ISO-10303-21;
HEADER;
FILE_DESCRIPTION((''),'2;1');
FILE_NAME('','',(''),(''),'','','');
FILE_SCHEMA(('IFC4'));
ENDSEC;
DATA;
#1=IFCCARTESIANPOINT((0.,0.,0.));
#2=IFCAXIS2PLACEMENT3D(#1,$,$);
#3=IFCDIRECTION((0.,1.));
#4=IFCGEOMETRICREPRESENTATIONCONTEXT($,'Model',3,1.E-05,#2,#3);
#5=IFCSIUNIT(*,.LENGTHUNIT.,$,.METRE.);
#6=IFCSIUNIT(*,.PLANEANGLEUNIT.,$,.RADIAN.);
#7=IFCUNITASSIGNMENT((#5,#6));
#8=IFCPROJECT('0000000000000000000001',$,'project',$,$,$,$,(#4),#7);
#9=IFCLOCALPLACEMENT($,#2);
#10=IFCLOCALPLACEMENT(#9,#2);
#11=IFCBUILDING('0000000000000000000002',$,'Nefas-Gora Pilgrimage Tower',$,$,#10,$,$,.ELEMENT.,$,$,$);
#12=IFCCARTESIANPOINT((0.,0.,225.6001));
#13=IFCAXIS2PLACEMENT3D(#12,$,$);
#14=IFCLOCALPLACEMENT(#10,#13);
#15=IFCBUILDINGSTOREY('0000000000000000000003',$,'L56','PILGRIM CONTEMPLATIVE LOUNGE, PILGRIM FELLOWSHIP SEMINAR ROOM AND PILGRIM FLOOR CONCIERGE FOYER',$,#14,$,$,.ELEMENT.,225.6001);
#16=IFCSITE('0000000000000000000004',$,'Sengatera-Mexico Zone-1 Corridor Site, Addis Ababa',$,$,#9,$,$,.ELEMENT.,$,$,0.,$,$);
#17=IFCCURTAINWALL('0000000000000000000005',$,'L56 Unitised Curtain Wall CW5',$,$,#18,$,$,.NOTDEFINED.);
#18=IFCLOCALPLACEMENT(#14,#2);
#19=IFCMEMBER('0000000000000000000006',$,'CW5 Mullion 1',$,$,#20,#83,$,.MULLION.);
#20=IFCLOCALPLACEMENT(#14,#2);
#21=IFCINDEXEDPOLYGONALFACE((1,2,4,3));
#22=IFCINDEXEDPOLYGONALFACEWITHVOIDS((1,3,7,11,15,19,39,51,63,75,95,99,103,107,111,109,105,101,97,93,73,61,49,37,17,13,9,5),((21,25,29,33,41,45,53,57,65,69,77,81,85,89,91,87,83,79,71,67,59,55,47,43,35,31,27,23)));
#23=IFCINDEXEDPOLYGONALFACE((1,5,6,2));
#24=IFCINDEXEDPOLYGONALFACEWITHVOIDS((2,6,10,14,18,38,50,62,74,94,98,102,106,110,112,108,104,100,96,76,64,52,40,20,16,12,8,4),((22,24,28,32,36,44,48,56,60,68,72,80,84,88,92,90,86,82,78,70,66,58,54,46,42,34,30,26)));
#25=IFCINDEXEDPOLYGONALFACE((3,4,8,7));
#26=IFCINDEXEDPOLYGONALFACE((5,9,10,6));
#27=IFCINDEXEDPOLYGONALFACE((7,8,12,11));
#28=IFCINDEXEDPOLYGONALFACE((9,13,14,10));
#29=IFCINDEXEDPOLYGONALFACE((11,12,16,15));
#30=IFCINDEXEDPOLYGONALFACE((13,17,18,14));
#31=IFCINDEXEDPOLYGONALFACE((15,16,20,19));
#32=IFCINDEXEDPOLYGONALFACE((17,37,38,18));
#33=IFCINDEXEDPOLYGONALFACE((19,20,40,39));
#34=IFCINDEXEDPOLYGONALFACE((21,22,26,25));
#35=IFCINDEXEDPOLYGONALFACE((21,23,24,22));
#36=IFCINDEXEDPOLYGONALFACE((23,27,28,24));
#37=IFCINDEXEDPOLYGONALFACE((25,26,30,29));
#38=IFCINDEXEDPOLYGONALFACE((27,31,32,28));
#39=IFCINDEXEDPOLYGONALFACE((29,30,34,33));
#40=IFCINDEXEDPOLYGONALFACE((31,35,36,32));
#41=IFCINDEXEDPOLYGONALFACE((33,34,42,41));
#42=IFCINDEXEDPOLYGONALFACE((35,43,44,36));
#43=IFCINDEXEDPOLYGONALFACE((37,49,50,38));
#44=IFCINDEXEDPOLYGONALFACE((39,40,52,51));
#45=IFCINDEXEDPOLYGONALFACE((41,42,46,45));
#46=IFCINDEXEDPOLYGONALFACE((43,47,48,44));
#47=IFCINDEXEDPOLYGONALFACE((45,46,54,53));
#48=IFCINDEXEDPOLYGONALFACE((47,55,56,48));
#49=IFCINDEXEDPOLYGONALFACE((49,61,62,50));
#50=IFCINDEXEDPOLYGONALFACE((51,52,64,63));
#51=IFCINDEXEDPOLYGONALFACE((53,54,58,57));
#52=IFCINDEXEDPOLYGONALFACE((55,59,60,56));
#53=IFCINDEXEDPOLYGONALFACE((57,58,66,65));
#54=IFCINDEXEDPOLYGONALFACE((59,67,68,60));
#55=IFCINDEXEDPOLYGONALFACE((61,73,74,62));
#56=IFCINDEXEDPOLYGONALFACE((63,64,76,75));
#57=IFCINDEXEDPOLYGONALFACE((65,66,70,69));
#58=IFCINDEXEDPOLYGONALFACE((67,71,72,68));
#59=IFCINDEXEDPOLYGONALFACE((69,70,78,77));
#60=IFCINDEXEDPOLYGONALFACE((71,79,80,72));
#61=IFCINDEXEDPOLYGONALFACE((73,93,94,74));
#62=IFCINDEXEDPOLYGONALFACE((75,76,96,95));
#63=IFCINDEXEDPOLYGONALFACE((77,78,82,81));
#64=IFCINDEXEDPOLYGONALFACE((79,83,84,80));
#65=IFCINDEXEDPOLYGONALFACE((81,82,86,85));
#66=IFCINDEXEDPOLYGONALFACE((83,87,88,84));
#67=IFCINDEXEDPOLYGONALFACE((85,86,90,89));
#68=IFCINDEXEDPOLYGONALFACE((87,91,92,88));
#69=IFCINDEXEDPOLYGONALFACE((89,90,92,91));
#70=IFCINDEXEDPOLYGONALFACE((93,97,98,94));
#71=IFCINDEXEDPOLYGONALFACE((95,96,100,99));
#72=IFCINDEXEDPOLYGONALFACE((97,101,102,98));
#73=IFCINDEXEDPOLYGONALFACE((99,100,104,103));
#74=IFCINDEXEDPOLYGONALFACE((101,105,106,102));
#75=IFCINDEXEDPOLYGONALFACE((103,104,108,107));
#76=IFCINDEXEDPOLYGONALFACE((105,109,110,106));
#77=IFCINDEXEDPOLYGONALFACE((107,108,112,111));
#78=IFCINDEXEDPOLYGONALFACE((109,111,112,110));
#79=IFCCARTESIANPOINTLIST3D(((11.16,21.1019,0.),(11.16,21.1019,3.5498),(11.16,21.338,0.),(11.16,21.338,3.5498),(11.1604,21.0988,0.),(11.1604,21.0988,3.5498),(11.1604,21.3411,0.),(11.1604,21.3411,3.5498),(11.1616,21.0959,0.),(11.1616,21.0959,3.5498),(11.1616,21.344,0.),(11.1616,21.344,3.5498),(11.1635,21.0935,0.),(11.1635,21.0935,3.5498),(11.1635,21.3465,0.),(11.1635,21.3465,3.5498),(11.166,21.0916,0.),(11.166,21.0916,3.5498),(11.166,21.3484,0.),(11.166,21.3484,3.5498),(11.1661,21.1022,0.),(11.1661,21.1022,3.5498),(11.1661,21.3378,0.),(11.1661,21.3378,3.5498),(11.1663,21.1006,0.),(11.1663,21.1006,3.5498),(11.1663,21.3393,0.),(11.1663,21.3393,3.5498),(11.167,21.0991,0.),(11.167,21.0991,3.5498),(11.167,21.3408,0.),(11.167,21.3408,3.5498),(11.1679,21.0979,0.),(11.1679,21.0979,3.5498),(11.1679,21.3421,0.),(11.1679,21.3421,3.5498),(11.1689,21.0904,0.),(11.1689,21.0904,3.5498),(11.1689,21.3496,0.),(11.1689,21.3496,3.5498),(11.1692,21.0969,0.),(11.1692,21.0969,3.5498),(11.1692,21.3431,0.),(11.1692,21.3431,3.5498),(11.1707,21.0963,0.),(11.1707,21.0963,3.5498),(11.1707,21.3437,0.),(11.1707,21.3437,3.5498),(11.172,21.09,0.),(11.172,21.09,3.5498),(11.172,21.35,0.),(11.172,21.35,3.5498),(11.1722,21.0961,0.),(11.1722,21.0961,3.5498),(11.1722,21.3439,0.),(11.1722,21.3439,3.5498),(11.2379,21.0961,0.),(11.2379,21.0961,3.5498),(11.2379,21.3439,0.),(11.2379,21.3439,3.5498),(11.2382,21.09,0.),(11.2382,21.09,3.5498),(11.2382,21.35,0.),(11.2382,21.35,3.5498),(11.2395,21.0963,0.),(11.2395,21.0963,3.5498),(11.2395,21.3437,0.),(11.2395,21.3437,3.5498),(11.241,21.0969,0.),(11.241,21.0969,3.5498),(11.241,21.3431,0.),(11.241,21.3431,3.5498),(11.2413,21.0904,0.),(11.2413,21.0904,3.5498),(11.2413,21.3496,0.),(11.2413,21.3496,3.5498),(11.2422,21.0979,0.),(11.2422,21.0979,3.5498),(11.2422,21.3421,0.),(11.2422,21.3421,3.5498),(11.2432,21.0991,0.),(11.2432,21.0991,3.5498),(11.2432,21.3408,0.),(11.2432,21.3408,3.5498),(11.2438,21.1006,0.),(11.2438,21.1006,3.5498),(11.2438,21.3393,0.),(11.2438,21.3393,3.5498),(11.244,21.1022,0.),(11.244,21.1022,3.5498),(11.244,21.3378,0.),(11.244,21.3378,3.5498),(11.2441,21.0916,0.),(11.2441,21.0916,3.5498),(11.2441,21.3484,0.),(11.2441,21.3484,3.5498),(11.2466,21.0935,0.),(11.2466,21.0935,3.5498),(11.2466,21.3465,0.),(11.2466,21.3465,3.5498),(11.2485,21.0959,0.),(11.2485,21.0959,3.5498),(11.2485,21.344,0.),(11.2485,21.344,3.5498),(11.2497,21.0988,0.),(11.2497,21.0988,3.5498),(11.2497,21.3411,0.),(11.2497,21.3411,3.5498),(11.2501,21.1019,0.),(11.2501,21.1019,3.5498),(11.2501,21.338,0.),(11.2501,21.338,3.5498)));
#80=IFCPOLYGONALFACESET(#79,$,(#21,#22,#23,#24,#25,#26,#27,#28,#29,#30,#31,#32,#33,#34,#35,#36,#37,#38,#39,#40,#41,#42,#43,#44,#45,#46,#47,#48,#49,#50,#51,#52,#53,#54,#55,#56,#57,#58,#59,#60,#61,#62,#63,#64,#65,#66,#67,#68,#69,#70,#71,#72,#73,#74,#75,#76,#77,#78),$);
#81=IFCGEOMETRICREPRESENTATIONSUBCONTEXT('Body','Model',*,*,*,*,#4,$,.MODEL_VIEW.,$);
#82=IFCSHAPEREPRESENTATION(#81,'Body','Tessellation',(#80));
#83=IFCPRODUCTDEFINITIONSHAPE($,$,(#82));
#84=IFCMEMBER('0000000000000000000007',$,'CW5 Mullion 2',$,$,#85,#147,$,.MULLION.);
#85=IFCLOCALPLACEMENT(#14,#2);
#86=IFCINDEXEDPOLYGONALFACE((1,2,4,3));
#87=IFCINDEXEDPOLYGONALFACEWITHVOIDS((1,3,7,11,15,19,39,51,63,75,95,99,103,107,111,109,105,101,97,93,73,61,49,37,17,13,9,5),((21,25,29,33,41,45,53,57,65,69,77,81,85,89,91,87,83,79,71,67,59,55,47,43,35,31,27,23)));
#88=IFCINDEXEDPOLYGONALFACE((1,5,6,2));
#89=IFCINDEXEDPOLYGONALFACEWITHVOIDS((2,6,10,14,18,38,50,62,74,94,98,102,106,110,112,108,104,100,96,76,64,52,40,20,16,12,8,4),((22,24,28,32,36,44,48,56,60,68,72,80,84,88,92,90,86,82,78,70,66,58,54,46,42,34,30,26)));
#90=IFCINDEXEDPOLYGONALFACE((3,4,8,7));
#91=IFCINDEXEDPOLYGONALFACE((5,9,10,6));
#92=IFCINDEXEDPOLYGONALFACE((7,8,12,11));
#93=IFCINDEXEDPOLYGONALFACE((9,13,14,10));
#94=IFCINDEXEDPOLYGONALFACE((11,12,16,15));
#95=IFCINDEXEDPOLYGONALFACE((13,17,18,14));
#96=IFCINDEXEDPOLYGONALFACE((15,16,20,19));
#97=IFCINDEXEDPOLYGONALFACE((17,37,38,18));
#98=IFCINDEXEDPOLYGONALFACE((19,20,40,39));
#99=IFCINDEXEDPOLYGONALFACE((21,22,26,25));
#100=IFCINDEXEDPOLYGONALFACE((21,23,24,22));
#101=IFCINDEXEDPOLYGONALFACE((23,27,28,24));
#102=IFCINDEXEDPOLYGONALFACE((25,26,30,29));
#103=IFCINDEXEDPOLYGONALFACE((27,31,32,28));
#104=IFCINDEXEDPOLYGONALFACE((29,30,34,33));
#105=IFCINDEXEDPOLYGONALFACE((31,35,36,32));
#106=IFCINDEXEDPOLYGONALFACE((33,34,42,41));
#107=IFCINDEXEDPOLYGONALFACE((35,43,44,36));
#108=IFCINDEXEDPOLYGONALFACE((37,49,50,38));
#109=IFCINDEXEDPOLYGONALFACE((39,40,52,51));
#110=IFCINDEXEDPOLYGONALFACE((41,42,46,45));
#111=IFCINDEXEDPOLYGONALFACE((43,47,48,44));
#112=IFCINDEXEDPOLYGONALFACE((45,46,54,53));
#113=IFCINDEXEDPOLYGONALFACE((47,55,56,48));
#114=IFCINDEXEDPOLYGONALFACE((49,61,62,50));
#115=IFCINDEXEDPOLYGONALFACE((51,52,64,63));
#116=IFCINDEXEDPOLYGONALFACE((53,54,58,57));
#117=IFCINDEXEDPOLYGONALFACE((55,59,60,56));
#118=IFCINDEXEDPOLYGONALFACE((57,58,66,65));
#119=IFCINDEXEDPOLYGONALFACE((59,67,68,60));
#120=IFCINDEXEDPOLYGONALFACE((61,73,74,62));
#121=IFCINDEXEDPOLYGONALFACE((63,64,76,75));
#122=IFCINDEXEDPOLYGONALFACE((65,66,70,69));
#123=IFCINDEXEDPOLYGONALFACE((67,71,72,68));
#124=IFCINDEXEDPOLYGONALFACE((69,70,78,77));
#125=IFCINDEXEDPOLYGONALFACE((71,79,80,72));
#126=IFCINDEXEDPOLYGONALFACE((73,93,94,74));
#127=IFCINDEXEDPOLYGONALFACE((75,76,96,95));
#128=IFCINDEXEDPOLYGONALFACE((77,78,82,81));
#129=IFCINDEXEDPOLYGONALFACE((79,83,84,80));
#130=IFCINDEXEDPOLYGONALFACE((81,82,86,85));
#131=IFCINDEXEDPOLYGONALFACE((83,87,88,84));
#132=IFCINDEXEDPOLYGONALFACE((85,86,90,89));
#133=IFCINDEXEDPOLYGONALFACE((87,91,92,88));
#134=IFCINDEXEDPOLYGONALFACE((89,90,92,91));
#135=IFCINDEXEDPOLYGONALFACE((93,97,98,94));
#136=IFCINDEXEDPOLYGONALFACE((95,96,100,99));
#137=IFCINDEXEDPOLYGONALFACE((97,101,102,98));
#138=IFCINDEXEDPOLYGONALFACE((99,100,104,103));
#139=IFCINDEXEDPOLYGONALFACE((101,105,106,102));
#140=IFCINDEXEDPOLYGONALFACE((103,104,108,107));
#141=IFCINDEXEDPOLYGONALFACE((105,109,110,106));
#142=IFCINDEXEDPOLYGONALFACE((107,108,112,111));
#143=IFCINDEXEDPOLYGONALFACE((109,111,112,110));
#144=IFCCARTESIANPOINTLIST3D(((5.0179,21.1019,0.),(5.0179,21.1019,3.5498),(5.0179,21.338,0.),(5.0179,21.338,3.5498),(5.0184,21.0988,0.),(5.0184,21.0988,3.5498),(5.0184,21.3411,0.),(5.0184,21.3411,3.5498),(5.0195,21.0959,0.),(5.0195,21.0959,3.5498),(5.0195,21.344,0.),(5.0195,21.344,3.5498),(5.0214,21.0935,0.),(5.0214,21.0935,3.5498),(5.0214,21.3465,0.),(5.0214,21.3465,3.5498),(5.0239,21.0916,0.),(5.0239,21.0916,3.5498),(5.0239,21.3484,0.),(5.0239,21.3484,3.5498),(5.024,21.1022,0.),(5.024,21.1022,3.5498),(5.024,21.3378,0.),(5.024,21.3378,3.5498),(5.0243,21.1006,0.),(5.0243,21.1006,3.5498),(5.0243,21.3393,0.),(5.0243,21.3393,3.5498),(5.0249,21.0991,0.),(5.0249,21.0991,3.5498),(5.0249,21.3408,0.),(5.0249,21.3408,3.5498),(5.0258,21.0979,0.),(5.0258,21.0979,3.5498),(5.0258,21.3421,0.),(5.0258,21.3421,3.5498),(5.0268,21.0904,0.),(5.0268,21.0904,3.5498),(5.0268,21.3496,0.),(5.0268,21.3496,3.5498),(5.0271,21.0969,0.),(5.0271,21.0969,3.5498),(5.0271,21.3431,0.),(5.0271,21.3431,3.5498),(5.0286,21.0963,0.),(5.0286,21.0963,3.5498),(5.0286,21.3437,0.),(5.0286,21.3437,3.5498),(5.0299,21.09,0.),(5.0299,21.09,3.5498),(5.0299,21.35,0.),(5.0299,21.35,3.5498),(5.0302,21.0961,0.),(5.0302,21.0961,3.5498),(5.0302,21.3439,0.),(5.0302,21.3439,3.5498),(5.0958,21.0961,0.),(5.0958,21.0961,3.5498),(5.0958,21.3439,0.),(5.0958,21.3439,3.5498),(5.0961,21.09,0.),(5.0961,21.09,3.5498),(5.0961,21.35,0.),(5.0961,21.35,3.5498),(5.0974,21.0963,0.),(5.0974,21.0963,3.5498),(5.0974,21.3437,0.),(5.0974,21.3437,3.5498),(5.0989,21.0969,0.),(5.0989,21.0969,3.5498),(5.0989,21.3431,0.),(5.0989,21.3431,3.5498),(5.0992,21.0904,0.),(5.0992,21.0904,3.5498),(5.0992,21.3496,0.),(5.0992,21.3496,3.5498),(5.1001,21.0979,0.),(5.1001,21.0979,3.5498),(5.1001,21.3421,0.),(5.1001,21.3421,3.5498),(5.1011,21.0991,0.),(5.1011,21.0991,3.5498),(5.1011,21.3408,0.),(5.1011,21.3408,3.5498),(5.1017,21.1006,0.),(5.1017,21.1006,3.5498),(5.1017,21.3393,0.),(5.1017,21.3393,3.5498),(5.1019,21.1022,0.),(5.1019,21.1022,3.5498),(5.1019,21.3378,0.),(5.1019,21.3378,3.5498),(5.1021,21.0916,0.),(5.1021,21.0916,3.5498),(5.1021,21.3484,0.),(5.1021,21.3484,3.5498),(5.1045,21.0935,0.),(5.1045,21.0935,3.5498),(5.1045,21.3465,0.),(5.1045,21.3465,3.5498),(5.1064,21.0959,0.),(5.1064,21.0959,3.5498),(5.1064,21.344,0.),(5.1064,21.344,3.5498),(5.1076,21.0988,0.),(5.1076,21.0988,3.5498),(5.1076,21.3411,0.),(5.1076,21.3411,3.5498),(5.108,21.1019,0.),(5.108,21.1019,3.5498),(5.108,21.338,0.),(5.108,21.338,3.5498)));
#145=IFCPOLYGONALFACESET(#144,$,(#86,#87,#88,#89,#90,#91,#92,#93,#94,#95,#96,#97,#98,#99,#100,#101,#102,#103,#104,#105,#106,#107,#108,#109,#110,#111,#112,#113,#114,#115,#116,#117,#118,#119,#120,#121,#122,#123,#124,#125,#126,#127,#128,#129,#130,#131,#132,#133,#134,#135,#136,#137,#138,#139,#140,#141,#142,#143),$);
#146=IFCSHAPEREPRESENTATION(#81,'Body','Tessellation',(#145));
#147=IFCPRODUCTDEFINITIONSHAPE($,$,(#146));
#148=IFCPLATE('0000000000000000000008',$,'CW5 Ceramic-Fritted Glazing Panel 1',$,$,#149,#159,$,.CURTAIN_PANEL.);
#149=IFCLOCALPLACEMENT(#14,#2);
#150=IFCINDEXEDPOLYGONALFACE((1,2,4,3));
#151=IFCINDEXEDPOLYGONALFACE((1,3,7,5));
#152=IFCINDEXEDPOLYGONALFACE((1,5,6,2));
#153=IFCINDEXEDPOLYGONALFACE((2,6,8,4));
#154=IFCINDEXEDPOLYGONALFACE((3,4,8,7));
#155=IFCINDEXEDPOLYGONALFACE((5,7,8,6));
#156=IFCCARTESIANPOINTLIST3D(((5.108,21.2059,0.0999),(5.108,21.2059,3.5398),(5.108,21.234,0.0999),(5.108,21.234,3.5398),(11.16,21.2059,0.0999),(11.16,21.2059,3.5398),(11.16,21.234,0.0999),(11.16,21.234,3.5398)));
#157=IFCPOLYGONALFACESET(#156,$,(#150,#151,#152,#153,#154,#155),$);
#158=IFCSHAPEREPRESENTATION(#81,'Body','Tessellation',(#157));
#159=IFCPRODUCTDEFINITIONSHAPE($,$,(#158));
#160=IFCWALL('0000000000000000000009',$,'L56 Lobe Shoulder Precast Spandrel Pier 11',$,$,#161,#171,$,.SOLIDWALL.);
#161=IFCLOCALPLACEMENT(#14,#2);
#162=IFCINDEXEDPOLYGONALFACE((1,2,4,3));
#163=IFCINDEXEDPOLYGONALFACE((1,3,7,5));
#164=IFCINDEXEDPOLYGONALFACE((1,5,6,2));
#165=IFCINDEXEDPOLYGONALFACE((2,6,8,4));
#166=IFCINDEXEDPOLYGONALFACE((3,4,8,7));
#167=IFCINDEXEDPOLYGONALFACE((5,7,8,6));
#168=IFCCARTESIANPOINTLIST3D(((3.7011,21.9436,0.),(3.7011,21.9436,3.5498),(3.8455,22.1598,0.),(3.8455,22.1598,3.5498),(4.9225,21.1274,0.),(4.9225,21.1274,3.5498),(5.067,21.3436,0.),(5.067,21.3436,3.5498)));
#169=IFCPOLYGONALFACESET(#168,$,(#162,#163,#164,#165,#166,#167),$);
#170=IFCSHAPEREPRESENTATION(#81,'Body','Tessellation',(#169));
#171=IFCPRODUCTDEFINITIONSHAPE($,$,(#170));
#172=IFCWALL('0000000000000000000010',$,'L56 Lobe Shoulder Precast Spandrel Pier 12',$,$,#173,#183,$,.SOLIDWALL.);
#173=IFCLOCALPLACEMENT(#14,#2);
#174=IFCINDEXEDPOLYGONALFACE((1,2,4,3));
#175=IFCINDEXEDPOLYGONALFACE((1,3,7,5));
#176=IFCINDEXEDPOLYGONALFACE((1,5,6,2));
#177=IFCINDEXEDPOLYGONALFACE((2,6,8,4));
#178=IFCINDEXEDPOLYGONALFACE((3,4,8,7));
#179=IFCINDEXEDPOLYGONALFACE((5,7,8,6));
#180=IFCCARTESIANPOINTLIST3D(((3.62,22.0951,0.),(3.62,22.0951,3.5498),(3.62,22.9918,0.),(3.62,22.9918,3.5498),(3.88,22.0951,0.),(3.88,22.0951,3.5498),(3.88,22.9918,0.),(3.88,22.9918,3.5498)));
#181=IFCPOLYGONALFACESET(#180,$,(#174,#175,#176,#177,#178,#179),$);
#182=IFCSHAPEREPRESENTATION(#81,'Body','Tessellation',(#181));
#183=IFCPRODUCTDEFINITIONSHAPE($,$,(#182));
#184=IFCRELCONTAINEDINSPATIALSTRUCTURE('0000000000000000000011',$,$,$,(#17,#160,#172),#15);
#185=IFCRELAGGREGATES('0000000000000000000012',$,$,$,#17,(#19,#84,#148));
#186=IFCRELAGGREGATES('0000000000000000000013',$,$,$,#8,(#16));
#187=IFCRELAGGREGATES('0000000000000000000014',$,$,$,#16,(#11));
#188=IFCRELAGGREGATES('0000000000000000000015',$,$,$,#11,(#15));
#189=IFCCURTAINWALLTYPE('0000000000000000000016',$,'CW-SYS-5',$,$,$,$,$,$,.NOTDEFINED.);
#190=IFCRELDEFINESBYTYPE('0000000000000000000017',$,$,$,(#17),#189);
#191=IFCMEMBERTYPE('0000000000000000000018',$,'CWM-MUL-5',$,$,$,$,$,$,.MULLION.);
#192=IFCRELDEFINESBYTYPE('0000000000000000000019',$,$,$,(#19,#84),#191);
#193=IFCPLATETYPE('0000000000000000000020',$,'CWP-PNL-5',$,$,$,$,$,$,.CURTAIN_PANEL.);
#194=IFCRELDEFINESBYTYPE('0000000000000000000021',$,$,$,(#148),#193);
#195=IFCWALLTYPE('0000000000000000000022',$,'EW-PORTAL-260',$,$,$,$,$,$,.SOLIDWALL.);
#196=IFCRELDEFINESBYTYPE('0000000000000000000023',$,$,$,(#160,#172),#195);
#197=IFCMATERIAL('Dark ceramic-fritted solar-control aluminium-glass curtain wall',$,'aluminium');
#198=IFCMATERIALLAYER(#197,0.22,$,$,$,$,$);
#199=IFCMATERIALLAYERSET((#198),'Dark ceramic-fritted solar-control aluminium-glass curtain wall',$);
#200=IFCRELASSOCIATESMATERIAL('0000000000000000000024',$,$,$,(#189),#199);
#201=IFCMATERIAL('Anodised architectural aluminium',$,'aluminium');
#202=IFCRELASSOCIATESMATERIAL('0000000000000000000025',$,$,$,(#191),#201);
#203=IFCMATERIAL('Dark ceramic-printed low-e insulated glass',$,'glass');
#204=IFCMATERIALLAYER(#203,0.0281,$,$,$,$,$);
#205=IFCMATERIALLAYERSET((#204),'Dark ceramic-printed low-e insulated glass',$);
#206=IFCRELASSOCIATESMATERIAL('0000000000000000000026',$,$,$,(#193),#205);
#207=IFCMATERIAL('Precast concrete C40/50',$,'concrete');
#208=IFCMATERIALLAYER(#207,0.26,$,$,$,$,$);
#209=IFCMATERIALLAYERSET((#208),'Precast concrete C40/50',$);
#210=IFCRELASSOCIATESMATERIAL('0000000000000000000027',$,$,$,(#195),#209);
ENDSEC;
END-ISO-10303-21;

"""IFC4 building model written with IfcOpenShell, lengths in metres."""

from ifc_helpers import new_model, si_unit, direction, frame, frame_2d, origin, origin_2d, place, context, subcontext, project, spatial, rectangle, hollow_rectangle, extrude, source, transform, mapped, material, layer, layer_set, material_profile, profile_set, type_object, element, aggregate, save


model = new_model("IFC4")

# Units and contexts
model_context = context("Model", 3, precision=1e-05, world=origin(), true_north=direction((0.0, 1.0)))
body_context = subcontext(model_context, "Body", "Model", "MODEL_VIEW")
ifc_project = project(units=[si_unit("LENGTHUNIT", "METRE"), si_unit("PLANEANGLEUNIT", "RADIAN")], contexts=[model_context])

# Site, building, storey
site_placement = place(None, origin())
site = spatial("IfcSite", under=ifc_project, at=site_placement, Name="Sengatera-Mexico Zone-1 Corridor Site, Addis Ababa", CompositionType="ELEMENT", RefElevation=0.0)
building_placement = place(site_placement, origin())
building = spatial("IfcBuilding", under=site, at=building_placement, Name="Nefas-Gora Pilgrimage Tower", CompositionType="ELEMENT")
storey_placement = place(building_placement, frame((0.0, 0.0, 225.6001)))
storey = spatial("IfcBuildingStorey", under=building, at=storey_placement, Name="L56", Description="PILGRIM CONTEMPLATIVE LOUNGE, PILGRIM FELLOWSHIP SEMINAR ROOM AND PILGRIM FLOOR CONCIERGE FOYER", CompositionType="ELEMENT", Elevation=225.6001)

# Curtain wall, members, plate
ifc_material_1 = material(Name="Dark ceramic-fritted solar-control aluminium-glass curtain wall", Category="aluminium")
ifc_layer_1 = layer(ifc_material_1, 0.22)
ifc_layer_set_1 = layer_set([ifc_layer_1], Name="Dark ceramic-fritted solar-control aluminium-glass curtain wall")
curtain_wall_type = type_object("IfcCurtainWallType", Name="CW-SYS-5", PredefinedType="NOTDEFINED", material=ifc_layer_set_1)
curtain_wall_placement = place(storey_placement, origin())
curtain_wall = element("IfcCurtainWall", 1, at=curtain_wall_placement, inside=storey, type_object=curtain_wall_type, Name="L56 Unitised Curtain Wall CW5", PredefinedType="NOTDEFINED")
ifc_material_2 = material(Name="Anodised architectural aluminium", Category="aluminium")
ifc_material_profile_1 = material_profile(ifc_material_2, hollow_rectangle(XDim=0.0901, YDim=0.26, WallThickness=0.0061, InnerFilletRadius=0.0061, OuterFilletRadius=0.012, at=origin_2d()), Name="ALU MULLION 90x260")
ifc_profile_set_1 = profile_set([ifc_material_profile_1], Name="Anodised architectural aluminium")
member_type_1 = type_object("IfcMemberType", Name="CWM-MUL-5", PredefinedType="MULLION", material=ifc_profile_set_1)
shared_shape_1 = source(origin(), body_context, "Body", "SweptSolid", [
    extrude(hollow_rectangle(XDim=0.0901, YDim=0.26, WallThickness=0.0061, InnerFilletRadius=0.0061, OuterFilletRadius=0.012, at=origin_2d()), origin(), (0.0, 0.0, 1.0), 3.5498),
])
member_1_placement = place(storey_placement, frame((11.2051, 21.22, 0.0), z_axis=(0.0, 0.0, 1.0), x_axis=(-1.0, 0.0, 0.0)))
member_1 = element("IfcMember", 2, at=member_1_placement, type_object=member_type_1, Name="CW5 Mullion 1", PredefinedType="MULLION", context=body_context, shape_type="MappedRepresentation", body=[
    mapped(shared_shape_1, transform((0.0, 0.0, 0.0), x_axis=(1.0, 0.0, 0.0), y_axis=(0.0, 1.0, 0.0), z_axis=(0.0, 0.0, 1.0), scale=1.0)),
])
member_2_placement = place(storey_placement, frame((5.063, 21.22, 0.0), z_axis=(0.0, 0.0, 1.0), x_axis=(-1.0, 0.0, 0.0)))
member_2 = element("IfcMember", 3, at=member_2_placement, type_object=member_type_1, Name="CW5 Mullion 2", PredefinedType="MULLION", context=body_context, shape_type="MappedRepresentation", body=[
    mapped(shared_shape_1, transform((0.0, 0.0, 0.0), x_axis=(1.0, 0.0, 0.0), y_axis=(0.0, 1.0, 0.0), z_axis=(0.0, 0.0, 1.0), scale=1.0)),
])
ifc_material_3 = material(Name="Dark ceramic-printed low-e insulated glass", Category="glass")
ifc_layer_2 = layer(ifc_material_3, 0.0281)
ifc_layer_set_2 = layer_set([ifc_layer_2], Name="Dark ceramic-printed low-e insulated glass")
plate_type = type_object("IfcPlateType", Name="CWP-PNL-5", PredefinedType="CURTAIN_PANEL", material=ifc_layer_set_2)
shared_shape_2 = source(origin(), body_context, "Body", "SweptSolid", [
    extrude(rectangle(XDim=6.052, YDim=0.0281, at=origin_2d()), origin(), (0.0, 0.0, 1.0), 3.4399),
])
plate_placement = place(storey_placement, frame((8.134, 21.22, 0.0999), z_axis=(0.0, 0.0, 1.0), x_axis=(-1.0, 0.0, 0.0)))
plate = element("IfcPlate", 4, at=plate_placement, type_object=plate_type, Name="CW5 Ceramic-Fritted Glazing Panel 1", PredefinedType="CURTAIN_PANEL", context=body_context, shape_type="MappedRepresentation", body=[
    mapped(shared_shape_2, transform((0.0, 0.0, 0.0), x_axis=(1.0, 0.0, 0.0), y_axis=(0.0, 1.0, 0.0), z_axis=(0.0, 0.0, 1.0), scale=1.0)),
])
aggregate(curtain_wall, [member_1, member_2, plate])

# Walls
ifc_material_4 = material(Name="Precast concrete C40/50", Category="concrete")
ifc_layer_3 = layer(ifc_material_4, 0.26)
ifc_layer_set_3 = layer_set([ifc_layer_3], Name="Precast concrete C40/50")
wall_type_1 = type_object("IfcWallType", Name="EW-PORTAL-260", PredefinedType="SOLIDWALL", material=ifc_layer_set_3)
shared_shape_3 = source(origin(), body_context, "Body", "SweptSolid", [
    extrude(rectangle(XDim=1.469, YDim=0.26, at=frame_2d((0.7344, 0.0))), origin(), (0.0, 0.0, 1.0), 3.5498),
])
wall_1_placement = place(storey_placement, frame((4.9946, 21.2356, 0.0), z_axis=(0.0, 0.0, 1.0), x_axis=(-0.831462, 0.555582, 0.0)))
element("IfcWall", 5, at=wall_1_placement, inside=storey, type_object=wall_type_1, Name="L56 Lobe Shoulder Precast Spandrel Pier 11", PredefinedType="SOLIDWALL", context=body_context, shape_type="MappedRepresentation", body=[
    mapped(shared_shape_3, transform((0.0, 0.0, 0.0), x_axis=(1.0, 0.0, 0.0), y_axis=(0.0, 1.0, 0.0), z_axis=(0.0, 0.0, 1.0), scale=1.0)),
])
shared_shape_4 = source(origin(), body_context, "Body", "SweptSolid", [
    extrude(rectangle(XDim=0.8967, YDim=0.26, at=frame_2d((0.4482, 0.0))), origin(), (0.0, 0.0, 1.0), 3.5498),
])
wall_2_placement = place(storey_placement, frame((3.75, 22.0952, 0.0), z_axis=(0.0, 0.0, 1.0), x_axis=(0.0, 1.0, 0.0)))
element("IfcWall", 6, at=wall_2_placement, inside=storey, type_object=wall_type_1, Name="L56 Lobe Shoulder Precast Spandrel Pier 12", PredefinedType="SOLIDWALL", context=body_context, shape_type="MappedRepresentation", body=[
    mapped(shared_shape_4, transform((0.0, 0.0, 0.0), x_axis=(1.0, 0.0, 0.0), y_axis=(0.0, 1.0, 0.0), z_axis=(0.0, 0.0, 1.0), scale=1.0)),
])

save(model, "model.ifc")
